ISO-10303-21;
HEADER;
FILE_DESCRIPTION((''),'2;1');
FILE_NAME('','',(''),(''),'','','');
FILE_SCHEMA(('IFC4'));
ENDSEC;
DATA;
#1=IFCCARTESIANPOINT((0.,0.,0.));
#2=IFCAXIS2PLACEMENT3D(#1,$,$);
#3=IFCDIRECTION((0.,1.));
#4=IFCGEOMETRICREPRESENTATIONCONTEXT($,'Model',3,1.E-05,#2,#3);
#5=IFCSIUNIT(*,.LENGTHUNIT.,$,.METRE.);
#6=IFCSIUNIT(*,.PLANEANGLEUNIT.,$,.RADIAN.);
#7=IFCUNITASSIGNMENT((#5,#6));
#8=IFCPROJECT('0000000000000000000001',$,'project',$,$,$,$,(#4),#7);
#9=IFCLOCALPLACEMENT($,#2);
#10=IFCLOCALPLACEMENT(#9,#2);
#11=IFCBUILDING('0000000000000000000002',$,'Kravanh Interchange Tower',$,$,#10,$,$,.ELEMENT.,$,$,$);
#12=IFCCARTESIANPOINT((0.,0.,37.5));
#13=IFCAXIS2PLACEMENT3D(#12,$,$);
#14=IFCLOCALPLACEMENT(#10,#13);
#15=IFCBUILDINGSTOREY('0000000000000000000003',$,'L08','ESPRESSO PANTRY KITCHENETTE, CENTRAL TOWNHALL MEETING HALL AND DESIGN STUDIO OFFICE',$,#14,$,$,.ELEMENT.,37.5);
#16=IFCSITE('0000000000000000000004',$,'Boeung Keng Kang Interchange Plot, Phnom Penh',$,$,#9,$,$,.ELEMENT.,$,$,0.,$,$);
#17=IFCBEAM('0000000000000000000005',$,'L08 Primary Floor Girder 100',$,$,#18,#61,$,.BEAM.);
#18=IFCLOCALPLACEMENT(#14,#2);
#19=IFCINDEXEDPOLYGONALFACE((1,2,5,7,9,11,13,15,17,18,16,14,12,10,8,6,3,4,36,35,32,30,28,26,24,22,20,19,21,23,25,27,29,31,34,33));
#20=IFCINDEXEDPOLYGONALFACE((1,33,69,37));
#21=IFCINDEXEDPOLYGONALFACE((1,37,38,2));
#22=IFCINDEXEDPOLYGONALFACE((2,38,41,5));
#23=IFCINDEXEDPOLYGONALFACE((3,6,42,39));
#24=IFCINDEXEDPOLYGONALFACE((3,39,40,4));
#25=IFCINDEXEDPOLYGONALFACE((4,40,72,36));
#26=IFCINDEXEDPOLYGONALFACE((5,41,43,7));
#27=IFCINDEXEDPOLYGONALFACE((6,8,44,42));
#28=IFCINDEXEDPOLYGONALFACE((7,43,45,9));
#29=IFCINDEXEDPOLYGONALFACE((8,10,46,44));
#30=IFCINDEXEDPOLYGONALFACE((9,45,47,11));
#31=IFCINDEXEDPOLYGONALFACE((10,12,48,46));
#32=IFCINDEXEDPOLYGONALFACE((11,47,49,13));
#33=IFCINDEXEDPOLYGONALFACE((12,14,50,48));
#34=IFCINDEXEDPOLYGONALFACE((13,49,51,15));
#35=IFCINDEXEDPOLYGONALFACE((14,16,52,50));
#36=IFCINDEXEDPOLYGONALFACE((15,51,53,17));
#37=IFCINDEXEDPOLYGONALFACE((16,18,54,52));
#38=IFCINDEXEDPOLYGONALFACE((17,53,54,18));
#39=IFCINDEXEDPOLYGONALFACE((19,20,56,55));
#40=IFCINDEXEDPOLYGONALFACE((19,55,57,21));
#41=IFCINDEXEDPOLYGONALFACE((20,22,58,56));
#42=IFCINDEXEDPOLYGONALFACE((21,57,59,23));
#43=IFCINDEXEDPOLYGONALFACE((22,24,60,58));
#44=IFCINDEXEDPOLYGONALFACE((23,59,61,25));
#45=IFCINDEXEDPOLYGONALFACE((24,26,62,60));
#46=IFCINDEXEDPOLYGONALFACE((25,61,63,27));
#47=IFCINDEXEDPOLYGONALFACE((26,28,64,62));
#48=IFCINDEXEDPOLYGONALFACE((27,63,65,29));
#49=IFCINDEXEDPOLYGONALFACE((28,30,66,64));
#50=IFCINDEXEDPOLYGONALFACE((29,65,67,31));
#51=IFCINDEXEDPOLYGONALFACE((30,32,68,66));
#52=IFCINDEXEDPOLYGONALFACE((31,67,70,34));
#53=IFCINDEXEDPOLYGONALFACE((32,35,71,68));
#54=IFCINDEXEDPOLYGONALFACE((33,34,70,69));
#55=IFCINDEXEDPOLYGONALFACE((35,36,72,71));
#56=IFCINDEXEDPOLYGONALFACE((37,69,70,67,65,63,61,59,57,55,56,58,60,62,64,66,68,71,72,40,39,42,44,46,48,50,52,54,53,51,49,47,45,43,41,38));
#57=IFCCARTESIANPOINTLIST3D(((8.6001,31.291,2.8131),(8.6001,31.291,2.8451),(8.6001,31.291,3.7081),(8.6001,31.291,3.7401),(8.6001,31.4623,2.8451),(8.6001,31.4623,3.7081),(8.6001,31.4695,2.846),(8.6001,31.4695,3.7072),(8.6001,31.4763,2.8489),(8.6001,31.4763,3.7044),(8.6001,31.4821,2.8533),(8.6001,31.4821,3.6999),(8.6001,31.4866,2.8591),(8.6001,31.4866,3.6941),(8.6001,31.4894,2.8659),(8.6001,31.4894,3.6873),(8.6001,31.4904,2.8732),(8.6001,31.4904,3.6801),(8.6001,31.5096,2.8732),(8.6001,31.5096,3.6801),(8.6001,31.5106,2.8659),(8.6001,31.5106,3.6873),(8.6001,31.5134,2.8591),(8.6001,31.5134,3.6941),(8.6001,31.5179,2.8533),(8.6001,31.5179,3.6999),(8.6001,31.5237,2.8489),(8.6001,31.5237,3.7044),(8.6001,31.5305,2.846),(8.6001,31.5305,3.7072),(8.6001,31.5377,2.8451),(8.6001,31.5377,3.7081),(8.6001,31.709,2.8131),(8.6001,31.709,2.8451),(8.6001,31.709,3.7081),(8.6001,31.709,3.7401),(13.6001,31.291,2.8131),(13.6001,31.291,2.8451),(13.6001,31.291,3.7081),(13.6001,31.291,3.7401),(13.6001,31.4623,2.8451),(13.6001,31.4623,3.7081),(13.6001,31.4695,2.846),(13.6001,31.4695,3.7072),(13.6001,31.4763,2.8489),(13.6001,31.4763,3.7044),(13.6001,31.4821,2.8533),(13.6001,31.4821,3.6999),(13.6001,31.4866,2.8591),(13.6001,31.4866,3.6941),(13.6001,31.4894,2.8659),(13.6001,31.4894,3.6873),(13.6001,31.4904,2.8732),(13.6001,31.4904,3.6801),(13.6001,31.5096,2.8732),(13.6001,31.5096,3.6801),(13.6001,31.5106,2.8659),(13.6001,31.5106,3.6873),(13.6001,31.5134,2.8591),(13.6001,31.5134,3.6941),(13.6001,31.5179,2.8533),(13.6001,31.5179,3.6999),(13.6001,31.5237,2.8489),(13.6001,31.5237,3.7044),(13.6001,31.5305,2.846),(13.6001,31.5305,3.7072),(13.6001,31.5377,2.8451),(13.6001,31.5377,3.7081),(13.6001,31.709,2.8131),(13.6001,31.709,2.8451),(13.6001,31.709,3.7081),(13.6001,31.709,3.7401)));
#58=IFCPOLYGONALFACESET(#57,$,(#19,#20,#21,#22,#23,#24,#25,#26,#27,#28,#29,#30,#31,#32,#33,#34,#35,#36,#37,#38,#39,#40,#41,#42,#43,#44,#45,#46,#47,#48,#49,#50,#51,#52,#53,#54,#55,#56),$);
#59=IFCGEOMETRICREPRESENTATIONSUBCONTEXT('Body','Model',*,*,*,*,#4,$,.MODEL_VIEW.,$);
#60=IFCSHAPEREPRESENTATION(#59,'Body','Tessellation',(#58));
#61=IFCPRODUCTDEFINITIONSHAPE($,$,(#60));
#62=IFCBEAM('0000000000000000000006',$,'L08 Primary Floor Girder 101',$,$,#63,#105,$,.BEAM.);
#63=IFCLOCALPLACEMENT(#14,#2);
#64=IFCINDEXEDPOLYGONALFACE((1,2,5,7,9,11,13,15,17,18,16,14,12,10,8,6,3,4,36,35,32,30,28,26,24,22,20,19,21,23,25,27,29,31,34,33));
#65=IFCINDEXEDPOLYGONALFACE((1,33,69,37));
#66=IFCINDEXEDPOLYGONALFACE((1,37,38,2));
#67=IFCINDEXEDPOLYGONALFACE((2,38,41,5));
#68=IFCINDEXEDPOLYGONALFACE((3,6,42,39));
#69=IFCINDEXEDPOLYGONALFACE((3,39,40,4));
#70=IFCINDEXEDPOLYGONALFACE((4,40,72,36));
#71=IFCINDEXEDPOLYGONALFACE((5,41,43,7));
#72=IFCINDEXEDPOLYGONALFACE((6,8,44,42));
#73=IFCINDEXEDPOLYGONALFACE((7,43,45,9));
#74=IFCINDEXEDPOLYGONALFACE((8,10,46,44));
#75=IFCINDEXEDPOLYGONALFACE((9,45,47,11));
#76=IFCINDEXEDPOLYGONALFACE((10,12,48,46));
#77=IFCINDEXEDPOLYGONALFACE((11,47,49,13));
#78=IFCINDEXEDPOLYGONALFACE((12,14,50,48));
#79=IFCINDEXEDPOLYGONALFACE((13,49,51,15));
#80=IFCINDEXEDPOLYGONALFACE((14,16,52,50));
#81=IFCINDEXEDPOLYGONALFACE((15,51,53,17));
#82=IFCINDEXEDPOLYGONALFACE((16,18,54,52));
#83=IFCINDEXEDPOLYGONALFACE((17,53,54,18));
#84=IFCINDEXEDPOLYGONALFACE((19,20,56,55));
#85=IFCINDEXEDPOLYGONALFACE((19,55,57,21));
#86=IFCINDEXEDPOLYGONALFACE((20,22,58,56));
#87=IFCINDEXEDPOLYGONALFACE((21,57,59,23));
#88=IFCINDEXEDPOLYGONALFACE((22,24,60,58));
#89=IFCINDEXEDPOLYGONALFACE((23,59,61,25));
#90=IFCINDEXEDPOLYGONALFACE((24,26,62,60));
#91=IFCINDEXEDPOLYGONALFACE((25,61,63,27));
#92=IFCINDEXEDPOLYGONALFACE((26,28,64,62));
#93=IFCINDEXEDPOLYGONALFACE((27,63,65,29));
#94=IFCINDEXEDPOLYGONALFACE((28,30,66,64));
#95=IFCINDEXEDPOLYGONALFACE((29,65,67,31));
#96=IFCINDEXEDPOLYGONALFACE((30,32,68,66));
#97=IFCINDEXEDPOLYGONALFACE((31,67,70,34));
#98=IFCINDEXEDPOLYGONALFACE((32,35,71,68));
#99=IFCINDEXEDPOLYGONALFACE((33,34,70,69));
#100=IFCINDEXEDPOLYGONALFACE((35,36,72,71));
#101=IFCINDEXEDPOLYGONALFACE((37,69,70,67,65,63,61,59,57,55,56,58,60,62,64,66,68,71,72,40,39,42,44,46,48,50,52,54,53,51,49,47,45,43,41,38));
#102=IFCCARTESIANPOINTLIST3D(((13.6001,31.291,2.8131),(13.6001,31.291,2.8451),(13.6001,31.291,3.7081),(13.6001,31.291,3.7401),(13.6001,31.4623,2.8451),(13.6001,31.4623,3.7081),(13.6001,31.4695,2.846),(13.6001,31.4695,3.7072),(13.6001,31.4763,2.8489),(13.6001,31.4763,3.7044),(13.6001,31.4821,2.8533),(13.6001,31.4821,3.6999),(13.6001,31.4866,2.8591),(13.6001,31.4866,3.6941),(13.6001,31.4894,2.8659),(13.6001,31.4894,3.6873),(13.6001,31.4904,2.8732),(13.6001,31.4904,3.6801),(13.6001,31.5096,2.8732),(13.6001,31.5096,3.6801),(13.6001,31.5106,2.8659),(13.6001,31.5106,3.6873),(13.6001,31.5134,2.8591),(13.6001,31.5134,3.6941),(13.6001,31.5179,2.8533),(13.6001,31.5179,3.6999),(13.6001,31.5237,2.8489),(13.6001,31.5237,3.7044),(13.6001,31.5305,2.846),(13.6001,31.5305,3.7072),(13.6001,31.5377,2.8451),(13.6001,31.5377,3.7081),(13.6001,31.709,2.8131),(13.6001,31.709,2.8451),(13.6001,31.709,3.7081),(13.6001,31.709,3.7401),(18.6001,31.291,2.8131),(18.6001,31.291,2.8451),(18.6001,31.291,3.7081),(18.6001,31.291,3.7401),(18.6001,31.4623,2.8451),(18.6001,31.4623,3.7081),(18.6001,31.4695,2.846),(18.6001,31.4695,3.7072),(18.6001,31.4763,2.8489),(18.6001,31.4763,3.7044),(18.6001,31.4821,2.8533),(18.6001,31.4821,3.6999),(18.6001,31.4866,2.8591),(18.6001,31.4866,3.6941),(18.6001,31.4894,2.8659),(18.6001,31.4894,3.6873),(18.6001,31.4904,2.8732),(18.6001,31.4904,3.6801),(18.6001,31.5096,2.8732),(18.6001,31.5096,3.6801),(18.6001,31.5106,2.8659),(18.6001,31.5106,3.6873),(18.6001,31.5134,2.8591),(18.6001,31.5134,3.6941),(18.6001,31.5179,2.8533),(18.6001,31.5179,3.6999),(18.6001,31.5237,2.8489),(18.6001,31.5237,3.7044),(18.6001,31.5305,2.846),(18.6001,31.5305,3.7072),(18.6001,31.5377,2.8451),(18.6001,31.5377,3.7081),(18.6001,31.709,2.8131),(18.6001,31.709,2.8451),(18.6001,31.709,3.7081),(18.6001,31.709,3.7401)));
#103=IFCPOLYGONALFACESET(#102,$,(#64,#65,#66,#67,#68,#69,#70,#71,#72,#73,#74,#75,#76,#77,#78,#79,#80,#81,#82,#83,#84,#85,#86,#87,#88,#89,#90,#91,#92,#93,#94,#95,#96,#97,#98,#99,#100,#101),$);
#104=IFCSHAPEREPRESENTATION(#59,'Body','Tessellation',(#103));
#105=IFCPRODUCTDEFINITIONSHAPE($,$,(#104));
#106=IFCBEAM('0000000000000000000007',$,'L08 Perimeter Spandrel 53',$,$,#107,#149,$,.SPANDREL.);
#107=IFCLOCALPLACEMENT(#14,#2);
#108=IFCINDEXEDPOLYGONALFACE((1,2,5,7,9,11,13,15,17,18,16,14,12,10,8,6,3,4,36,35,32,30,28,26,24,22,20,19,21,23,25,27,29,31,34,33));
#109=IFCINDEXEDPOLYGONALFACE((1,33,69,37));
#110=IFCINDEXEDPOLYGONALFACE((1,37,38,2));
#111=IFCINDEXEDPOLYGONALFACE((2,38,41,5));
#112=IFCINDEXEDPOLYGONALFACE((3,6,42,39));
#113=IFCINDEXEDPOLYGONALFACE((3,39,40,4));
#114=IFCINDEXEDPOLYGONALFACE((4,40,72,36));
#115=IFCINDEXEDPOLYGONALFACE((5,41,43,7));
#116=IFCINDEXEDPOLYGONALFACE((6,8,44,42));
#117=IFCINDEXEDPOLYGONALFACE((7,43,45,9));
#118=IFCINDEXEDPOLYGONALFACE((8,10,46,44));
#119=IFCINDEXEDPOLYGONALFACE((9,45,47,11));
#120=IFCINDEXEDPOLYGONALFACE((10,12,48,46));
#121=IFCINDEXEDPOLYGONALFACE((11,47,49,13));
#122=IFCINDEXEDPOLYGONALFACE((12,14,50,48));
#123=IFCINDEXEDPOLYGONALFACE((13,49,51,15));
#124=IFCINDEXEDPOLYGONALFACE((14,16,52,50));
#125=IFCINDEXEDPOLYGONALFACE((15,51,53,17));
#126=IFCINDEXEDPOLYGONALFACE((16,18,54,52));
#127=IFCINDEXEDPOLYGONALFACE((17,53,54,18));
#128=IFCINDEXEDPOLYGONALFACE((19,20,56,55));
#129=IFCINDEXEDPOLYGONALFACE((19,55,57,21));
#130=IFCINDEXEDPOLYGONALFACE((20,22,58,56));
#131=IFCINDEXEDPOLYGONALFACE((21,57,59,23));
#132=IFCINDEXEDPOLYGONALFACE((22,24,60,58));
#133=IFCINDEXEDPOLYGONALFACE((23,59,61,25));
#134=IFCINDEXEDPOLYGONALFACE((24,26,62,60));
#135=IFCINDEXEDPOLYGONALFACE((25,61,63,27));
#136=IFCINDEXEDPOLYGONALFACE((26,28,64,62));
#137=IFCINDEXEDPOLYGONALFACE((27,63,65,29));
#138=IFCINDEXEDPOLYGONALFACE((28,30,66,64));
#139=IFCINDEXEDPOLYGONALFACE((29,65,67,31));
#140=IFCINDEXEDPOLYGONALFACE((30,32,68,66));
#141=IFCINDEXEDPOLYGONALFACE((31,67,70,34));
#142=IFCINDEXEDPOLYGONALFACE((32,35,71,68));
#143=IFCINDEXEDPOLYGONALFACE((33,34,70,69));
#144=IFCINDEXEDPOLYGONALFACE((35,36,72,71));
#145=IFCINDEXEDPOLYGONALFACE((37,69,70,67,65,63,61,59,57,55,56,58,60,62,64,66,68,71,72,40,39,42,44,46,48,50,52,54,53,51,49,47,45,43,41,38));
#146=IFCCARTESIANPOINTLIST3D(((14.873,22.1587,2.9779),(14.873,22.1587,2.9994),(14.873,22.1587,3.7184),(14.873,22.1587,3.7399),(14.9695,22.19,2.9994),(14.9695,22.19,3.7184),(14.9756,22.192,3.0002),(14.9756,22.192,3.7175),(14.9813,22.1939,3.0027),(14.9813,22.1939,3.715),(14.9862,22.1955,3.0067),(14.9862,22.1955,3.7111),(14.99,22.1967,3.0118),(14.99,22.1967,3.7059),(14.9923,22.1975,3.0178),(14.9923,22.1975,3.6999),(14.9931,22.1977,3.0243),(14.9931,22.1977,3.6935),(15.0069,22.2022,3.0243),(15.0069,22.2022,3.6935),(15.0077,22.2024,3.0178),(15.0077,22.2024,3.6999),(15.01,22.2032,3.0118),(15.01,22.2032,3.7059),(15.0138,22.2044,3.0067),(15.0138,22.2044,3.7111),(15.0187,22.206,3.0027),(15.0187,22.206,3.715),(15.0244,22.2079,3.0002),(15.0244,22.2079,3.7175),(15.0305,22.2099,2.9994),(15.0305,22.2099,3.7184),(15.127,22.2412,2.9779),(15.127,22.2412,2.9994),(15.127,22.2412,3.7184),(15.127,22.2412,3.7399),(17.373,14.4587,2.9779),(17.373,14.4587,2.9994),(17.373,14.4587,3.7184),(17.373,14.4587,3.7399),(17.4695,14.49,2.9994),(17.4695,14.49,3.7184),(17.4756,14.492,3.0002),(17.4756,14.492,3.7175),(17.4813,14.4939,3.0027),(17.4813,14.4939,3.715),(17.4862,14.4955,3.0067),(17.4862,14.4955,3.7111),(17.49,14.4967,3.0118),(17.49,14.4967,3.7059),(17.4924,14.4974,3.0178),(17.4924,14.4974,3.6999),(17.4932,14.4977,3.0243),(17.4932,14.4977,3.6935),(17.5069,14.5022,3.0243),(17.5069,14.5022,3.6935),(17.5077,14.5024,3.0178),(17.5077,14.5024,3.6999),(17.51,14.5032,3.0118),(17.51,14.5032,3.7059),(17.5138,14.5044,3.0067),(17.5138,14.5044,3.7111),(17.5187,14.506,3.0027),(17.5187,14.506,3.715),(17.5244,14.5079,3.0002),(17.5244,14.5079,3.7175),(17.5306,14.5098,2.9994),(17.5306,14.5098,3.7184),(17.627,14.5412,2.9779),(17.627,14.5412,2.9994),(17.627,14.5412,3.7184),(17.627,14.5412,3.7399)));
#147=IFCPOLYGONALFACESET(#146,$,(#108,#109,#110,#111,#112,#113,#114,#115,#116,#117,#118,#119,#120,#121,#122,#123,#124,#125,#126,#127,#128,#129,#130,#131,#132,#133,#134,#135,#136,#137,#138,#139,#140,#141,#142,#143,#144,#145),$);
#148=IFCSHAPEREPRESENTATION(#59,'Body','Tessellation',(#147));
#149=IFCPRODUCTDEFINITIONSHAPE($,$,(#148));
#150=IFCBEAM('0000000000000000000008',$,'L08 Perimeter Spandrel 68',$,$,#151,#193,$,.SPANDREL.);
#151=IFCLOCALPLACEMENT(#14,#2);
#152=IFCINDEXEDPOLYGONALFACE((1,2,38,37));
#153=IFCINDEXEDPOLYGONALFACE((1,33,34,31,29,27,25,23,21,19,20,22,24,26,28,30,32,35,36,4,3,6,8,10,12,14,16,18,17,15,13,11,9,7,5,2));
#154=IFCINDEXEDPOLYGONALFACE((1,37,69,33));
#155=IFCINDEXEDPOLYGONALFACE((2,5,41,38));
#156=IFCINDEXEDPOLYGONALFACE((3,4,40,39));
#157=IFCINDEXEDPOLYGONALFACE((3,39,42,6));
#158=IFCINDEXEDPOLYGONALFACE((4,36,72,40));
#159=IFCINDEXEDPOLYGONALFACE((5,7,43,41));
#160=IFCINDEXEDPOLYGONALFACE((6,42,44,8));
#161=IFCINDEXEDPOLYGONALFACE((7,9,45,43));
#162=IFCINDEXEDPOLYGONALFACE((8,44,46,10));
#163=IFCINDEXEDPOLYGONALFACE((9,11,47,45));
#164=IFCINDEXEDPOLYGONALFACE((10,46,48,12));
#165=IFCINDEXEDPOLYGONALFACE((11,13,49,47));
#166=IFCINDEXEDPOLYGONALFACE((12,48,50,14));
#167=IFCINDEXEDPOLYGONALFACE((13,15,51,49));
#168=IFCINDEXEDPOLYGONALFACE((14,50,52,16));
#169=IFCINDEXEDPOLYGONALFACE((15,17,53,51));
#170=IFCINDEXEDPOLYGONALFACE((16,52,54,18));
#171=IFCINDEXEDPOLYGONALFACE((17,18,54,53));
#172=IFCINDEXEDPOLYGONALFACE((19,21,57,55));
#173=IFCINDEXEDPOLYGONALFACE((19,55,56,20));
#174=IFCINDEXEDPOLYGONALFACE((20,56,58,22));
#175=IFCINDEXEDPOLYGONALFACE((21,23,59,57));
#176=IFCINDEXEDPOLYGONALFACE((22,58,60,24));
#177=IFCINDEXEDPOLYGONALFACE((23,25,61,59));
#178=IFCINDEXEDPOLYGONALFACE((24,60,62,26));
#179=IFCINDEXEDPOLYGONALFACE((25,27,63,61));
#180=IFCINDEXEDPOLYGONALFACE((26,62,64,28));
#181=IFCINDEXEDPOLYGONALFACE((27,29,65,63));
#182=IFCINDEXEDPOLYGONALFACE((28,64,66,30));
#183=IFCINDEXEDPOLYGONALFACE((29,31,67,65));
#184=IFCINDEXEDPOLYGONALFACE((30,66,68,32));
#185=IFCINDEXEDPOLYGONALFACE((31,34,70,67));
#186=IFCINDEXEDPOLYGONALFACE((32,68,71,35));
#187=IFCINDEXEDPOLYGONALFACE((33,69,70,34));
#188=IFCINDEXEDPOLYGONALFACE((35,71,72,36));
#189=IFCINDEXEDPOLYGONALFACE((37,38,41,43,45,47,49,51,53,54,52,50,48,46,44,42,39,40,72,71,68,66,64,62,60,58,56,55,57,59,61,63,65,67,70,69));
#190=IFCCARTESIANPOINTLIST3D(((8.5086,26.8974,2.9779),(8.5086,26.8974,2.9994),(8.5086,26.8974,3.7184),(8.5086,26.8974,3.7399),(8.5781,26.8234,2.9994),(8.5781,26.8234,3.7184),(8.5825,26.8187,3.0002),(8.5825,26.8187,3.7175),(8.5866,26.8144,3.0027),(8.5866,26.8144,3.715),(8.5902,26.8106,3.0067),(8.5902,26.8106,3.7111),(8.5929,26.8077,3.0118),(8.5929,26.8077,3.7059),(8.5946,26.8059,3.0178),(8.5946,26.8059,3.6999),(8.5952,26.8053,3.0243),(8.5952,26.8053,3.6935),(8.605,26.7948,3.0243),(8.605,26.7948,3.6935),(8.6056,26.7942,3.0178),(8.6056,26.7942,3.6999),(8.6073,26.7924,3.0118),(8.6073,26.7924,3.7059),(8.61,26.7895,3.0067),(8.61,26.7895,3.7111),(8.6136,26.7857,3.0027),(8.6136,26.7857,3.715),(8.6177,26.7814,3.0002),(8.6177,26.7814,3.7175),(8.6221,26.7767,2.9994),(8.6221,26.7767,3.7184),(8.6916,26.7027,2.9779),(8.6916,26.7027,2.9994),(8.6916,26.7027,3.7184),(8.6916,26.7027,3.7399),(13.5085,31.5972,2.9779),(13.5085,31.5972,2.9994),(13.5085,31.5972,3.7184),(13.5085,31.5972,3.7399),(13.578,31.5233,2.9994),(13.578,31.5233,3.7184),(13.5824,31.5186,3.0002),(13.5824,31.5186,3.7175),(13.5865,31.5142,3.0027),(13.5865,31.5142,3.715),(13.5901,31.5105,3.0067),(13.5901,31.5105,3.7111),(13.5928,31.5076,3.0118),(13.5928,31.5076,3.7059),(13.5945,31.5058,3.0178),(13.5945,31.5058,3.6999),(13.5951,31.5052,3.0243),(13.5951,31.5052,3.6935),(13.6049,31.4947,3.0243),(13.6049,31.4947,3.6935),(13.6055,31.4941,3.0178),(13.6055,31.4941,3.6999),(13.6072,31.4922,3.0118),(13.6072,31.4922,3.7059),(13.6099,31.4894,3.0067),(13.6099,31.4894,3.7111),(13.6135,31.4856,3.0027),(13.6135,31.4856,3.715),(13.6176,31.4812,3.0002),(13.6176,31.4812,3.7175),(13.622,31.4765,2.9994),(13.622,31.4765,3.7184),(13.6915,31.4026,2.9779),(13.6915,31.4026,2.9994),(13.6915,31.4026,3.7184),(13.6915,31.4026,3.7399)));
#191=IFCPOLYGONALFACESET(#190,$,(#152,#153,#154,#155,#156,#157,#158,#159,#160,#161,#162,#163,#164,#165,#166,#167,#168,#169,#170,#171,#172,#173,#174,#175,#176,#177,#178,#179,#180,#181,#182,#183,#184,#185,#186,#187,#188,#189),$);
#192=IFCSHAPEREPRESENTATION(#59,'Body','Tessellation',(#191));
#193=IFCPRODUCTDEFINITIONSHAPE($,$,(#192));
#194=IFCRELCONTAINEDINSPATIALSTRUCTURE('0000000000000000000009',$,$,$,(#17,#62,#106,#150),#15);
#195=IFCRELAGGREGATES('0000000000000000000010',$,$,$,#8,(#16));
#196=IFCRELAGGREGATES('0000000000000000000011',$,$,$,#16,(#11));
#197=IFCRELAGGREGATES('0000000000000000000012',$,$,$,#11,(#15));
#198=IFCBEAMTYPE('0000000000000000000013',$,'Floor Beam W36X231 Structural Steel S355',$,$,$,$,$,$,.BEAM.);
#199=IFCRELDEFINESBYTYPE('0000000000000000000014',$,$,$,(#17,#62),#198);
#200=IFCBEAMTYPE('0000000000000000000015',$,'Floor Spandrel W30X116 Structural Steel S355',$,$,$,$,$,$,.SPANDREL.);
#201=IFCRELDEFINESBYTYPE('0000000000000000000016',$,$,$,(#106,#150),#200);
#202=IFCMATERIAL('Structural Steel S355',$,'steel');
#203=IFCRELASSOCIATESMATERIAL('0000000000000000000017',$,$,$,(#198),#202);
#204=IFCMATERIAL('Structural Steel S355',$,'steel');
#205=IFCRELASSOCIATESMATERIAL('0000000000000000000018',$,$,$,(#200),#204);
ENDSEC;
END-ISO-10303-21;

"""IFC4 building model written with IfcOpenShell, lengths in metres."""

from ifc_helpers import new_model, si_unit, direction, frame, origin, origin_2d, place, context, subcontext, project, spatial, i_section, extrude, material, material_profile, profile_set, type_object, element, save


model = new_model("IFC4")

# Units and contexts
model_context = context("Model", 3, precision=1e-05, world=origin(), true_north=direction((0.0, 1.0)))
body_context = subcontext(model_context, "Body", "Model", "MODEL_VIEW")
ifc_project = project(units=[si_unit("LENGTHUNIT", "METRE"), si_unit("PLANEANGLEUNIT", "RADIAN")], contexts=[model_context])

# Site, building, storey
site_placement = place(None, origin())
site = spatial("IfcSite", under=ifc_project, at=site_placement, Name="Boeung Keng Kang Interchange Plot, Phnom Penh", CompositionType="ELEMENT", RefElevation=0.0)
building_placement = place(site_placement, origin())
building = spatial("IfcBuilding", under=site, at=building_placement, Name="Kravanh Interchange Tower", CompositionType="ELEMENT")
storey_placement = place(building_placement, frame((0.0, 0.0, 37.5)))
storey = spatial("IfcBuildingStorey", under=building, at=storey_placement, Name="L08", Description="ESPRESSO PANTRY KITCHENETTE, CENTRAL TOWNHALL MEETING HALL AND DESIGN STUDIO OFFICE", CompositionType="ELEMENT", Elevation=37.5)

# Beams
ifc_material_1 = material(Name="Structural Steel S355", Category="steel")
ifc_material_profile_1 = material_profile(ifc_material_1, i_section(OverallWidth=0.418, OverallDepth=0.927, WebThickness=0.0193, FlangeThickness=0.032, FilletRadius=0.0281, at=origin_2d()), Name="W36X231")
ifc_profile_set_1 = profile_set([ifc_material_profile_1], Name="Structural Steel S355")
beam_type_1 = type_object("IfcBeamType", Name="Floor Beam W36X231 Structural Steel S355", PredefinedType="BEAM", material=ifc_profile_set_1)
for number, where, z_axis, x_axis, name in (
    (1, (8.6001, 31.5, 3.2766), (1.0, 0.0, 0.0), (0.0, 1.0, 0.0), "L08 Primary Floor Girder 100"),
    (2, (13.6001, 31.5, 3.2766), (1.0, 0.0, 0.0), (0.0, 1.0, 0.0), "L08 Primary Floor Girder 101"),
):
    element("IfcBeam", number, at=place(storey_placement, frame(where, z_axis=z_axis, x_axis=x_axis)), inside=storey, type_object=beam_type_1, Name=name, PredefinedType="BEAM", context=body_context, shape_type="SweptSolid", body=[
        extrude(i_section(OverallWidth=0.418, OverallDepth=0.927, WebThickness=0.0193, FlangeThickness=0.032, FilletRadius=0.0281, at=origin_2d()), origin(), (0.0, 0.0, 1.0), 5.0),
    ])
ifc_material_2 = material(Name="Structural Steel S355", Category="steel")
ifc_material_profile_2 = material_profile(ifc_material_2, i_section(OverallWidth=0.2671, OverallDepth=0.762, WebThickness=0.0144, FlangeThickness=0.0215, FilletRadius=0.0249, at=origin_2d()), Name="W30X116")
ifc_profile_set_2 = profile_set([ifc_material_profile_2], Name="Structural Steel S355")
beam_type_2 = type_object("IfcBeamType", Name="Floor Spandrel W30X116 Structural Steel S355", PredefinedType="SPANDREL", material=ifc_profile_set_2)
beam_1_placement = place(storey_placement, frame((15.0, 22.2, 3.3589), z_axis=(0.308809, -0.951124, 0.0), x_axis=(0.951124, 0.308809, 0.0)))
element("IfcBeam", 3, at=beam_1_placement, inside=storey, type_object=beam_type_2, Name="L08 Perimeter Spandrel 53", PredefinedType="SPANDREL", context=body_context, shape_type="SweptSolid", body=[
    extrude(i_section(OverallWidth=0.2671, OverallDepth=0.762, WebThickness=0.0144, FlangeThickness=0.0215, FilletRadius=0.0249, at=origin_2d()), origin(), (0.0, 0.0, 1.0), 8.0957),
])
beam_2_placement = place(storey_placement, frame((8.6001, 26.8, 3.3589), z_axis=(0.728631, 0.684906, 0.0), x_axis=(-0.684906, 0.728631, 0.0)))
element("IfcBeam", 4, at=beam_2_placement, inside=storey, type_object=beam_type_2, Name="L08 Perimeter Spandrel 68", PredefinedType="SPANDREL", context=body_context, shape_type="SweptSolid", body=[
    extrude(i_section(OverallWidth=0.2671, OverallDepth=0.762, WebThickness=0.0144, FlangeThickness=0.0215, FilletRadius=0.0249, at=origin_2d()), origin(), (0.0, 0.0, 1.0), 6.8621),
])

save(model, "model.ifc")
